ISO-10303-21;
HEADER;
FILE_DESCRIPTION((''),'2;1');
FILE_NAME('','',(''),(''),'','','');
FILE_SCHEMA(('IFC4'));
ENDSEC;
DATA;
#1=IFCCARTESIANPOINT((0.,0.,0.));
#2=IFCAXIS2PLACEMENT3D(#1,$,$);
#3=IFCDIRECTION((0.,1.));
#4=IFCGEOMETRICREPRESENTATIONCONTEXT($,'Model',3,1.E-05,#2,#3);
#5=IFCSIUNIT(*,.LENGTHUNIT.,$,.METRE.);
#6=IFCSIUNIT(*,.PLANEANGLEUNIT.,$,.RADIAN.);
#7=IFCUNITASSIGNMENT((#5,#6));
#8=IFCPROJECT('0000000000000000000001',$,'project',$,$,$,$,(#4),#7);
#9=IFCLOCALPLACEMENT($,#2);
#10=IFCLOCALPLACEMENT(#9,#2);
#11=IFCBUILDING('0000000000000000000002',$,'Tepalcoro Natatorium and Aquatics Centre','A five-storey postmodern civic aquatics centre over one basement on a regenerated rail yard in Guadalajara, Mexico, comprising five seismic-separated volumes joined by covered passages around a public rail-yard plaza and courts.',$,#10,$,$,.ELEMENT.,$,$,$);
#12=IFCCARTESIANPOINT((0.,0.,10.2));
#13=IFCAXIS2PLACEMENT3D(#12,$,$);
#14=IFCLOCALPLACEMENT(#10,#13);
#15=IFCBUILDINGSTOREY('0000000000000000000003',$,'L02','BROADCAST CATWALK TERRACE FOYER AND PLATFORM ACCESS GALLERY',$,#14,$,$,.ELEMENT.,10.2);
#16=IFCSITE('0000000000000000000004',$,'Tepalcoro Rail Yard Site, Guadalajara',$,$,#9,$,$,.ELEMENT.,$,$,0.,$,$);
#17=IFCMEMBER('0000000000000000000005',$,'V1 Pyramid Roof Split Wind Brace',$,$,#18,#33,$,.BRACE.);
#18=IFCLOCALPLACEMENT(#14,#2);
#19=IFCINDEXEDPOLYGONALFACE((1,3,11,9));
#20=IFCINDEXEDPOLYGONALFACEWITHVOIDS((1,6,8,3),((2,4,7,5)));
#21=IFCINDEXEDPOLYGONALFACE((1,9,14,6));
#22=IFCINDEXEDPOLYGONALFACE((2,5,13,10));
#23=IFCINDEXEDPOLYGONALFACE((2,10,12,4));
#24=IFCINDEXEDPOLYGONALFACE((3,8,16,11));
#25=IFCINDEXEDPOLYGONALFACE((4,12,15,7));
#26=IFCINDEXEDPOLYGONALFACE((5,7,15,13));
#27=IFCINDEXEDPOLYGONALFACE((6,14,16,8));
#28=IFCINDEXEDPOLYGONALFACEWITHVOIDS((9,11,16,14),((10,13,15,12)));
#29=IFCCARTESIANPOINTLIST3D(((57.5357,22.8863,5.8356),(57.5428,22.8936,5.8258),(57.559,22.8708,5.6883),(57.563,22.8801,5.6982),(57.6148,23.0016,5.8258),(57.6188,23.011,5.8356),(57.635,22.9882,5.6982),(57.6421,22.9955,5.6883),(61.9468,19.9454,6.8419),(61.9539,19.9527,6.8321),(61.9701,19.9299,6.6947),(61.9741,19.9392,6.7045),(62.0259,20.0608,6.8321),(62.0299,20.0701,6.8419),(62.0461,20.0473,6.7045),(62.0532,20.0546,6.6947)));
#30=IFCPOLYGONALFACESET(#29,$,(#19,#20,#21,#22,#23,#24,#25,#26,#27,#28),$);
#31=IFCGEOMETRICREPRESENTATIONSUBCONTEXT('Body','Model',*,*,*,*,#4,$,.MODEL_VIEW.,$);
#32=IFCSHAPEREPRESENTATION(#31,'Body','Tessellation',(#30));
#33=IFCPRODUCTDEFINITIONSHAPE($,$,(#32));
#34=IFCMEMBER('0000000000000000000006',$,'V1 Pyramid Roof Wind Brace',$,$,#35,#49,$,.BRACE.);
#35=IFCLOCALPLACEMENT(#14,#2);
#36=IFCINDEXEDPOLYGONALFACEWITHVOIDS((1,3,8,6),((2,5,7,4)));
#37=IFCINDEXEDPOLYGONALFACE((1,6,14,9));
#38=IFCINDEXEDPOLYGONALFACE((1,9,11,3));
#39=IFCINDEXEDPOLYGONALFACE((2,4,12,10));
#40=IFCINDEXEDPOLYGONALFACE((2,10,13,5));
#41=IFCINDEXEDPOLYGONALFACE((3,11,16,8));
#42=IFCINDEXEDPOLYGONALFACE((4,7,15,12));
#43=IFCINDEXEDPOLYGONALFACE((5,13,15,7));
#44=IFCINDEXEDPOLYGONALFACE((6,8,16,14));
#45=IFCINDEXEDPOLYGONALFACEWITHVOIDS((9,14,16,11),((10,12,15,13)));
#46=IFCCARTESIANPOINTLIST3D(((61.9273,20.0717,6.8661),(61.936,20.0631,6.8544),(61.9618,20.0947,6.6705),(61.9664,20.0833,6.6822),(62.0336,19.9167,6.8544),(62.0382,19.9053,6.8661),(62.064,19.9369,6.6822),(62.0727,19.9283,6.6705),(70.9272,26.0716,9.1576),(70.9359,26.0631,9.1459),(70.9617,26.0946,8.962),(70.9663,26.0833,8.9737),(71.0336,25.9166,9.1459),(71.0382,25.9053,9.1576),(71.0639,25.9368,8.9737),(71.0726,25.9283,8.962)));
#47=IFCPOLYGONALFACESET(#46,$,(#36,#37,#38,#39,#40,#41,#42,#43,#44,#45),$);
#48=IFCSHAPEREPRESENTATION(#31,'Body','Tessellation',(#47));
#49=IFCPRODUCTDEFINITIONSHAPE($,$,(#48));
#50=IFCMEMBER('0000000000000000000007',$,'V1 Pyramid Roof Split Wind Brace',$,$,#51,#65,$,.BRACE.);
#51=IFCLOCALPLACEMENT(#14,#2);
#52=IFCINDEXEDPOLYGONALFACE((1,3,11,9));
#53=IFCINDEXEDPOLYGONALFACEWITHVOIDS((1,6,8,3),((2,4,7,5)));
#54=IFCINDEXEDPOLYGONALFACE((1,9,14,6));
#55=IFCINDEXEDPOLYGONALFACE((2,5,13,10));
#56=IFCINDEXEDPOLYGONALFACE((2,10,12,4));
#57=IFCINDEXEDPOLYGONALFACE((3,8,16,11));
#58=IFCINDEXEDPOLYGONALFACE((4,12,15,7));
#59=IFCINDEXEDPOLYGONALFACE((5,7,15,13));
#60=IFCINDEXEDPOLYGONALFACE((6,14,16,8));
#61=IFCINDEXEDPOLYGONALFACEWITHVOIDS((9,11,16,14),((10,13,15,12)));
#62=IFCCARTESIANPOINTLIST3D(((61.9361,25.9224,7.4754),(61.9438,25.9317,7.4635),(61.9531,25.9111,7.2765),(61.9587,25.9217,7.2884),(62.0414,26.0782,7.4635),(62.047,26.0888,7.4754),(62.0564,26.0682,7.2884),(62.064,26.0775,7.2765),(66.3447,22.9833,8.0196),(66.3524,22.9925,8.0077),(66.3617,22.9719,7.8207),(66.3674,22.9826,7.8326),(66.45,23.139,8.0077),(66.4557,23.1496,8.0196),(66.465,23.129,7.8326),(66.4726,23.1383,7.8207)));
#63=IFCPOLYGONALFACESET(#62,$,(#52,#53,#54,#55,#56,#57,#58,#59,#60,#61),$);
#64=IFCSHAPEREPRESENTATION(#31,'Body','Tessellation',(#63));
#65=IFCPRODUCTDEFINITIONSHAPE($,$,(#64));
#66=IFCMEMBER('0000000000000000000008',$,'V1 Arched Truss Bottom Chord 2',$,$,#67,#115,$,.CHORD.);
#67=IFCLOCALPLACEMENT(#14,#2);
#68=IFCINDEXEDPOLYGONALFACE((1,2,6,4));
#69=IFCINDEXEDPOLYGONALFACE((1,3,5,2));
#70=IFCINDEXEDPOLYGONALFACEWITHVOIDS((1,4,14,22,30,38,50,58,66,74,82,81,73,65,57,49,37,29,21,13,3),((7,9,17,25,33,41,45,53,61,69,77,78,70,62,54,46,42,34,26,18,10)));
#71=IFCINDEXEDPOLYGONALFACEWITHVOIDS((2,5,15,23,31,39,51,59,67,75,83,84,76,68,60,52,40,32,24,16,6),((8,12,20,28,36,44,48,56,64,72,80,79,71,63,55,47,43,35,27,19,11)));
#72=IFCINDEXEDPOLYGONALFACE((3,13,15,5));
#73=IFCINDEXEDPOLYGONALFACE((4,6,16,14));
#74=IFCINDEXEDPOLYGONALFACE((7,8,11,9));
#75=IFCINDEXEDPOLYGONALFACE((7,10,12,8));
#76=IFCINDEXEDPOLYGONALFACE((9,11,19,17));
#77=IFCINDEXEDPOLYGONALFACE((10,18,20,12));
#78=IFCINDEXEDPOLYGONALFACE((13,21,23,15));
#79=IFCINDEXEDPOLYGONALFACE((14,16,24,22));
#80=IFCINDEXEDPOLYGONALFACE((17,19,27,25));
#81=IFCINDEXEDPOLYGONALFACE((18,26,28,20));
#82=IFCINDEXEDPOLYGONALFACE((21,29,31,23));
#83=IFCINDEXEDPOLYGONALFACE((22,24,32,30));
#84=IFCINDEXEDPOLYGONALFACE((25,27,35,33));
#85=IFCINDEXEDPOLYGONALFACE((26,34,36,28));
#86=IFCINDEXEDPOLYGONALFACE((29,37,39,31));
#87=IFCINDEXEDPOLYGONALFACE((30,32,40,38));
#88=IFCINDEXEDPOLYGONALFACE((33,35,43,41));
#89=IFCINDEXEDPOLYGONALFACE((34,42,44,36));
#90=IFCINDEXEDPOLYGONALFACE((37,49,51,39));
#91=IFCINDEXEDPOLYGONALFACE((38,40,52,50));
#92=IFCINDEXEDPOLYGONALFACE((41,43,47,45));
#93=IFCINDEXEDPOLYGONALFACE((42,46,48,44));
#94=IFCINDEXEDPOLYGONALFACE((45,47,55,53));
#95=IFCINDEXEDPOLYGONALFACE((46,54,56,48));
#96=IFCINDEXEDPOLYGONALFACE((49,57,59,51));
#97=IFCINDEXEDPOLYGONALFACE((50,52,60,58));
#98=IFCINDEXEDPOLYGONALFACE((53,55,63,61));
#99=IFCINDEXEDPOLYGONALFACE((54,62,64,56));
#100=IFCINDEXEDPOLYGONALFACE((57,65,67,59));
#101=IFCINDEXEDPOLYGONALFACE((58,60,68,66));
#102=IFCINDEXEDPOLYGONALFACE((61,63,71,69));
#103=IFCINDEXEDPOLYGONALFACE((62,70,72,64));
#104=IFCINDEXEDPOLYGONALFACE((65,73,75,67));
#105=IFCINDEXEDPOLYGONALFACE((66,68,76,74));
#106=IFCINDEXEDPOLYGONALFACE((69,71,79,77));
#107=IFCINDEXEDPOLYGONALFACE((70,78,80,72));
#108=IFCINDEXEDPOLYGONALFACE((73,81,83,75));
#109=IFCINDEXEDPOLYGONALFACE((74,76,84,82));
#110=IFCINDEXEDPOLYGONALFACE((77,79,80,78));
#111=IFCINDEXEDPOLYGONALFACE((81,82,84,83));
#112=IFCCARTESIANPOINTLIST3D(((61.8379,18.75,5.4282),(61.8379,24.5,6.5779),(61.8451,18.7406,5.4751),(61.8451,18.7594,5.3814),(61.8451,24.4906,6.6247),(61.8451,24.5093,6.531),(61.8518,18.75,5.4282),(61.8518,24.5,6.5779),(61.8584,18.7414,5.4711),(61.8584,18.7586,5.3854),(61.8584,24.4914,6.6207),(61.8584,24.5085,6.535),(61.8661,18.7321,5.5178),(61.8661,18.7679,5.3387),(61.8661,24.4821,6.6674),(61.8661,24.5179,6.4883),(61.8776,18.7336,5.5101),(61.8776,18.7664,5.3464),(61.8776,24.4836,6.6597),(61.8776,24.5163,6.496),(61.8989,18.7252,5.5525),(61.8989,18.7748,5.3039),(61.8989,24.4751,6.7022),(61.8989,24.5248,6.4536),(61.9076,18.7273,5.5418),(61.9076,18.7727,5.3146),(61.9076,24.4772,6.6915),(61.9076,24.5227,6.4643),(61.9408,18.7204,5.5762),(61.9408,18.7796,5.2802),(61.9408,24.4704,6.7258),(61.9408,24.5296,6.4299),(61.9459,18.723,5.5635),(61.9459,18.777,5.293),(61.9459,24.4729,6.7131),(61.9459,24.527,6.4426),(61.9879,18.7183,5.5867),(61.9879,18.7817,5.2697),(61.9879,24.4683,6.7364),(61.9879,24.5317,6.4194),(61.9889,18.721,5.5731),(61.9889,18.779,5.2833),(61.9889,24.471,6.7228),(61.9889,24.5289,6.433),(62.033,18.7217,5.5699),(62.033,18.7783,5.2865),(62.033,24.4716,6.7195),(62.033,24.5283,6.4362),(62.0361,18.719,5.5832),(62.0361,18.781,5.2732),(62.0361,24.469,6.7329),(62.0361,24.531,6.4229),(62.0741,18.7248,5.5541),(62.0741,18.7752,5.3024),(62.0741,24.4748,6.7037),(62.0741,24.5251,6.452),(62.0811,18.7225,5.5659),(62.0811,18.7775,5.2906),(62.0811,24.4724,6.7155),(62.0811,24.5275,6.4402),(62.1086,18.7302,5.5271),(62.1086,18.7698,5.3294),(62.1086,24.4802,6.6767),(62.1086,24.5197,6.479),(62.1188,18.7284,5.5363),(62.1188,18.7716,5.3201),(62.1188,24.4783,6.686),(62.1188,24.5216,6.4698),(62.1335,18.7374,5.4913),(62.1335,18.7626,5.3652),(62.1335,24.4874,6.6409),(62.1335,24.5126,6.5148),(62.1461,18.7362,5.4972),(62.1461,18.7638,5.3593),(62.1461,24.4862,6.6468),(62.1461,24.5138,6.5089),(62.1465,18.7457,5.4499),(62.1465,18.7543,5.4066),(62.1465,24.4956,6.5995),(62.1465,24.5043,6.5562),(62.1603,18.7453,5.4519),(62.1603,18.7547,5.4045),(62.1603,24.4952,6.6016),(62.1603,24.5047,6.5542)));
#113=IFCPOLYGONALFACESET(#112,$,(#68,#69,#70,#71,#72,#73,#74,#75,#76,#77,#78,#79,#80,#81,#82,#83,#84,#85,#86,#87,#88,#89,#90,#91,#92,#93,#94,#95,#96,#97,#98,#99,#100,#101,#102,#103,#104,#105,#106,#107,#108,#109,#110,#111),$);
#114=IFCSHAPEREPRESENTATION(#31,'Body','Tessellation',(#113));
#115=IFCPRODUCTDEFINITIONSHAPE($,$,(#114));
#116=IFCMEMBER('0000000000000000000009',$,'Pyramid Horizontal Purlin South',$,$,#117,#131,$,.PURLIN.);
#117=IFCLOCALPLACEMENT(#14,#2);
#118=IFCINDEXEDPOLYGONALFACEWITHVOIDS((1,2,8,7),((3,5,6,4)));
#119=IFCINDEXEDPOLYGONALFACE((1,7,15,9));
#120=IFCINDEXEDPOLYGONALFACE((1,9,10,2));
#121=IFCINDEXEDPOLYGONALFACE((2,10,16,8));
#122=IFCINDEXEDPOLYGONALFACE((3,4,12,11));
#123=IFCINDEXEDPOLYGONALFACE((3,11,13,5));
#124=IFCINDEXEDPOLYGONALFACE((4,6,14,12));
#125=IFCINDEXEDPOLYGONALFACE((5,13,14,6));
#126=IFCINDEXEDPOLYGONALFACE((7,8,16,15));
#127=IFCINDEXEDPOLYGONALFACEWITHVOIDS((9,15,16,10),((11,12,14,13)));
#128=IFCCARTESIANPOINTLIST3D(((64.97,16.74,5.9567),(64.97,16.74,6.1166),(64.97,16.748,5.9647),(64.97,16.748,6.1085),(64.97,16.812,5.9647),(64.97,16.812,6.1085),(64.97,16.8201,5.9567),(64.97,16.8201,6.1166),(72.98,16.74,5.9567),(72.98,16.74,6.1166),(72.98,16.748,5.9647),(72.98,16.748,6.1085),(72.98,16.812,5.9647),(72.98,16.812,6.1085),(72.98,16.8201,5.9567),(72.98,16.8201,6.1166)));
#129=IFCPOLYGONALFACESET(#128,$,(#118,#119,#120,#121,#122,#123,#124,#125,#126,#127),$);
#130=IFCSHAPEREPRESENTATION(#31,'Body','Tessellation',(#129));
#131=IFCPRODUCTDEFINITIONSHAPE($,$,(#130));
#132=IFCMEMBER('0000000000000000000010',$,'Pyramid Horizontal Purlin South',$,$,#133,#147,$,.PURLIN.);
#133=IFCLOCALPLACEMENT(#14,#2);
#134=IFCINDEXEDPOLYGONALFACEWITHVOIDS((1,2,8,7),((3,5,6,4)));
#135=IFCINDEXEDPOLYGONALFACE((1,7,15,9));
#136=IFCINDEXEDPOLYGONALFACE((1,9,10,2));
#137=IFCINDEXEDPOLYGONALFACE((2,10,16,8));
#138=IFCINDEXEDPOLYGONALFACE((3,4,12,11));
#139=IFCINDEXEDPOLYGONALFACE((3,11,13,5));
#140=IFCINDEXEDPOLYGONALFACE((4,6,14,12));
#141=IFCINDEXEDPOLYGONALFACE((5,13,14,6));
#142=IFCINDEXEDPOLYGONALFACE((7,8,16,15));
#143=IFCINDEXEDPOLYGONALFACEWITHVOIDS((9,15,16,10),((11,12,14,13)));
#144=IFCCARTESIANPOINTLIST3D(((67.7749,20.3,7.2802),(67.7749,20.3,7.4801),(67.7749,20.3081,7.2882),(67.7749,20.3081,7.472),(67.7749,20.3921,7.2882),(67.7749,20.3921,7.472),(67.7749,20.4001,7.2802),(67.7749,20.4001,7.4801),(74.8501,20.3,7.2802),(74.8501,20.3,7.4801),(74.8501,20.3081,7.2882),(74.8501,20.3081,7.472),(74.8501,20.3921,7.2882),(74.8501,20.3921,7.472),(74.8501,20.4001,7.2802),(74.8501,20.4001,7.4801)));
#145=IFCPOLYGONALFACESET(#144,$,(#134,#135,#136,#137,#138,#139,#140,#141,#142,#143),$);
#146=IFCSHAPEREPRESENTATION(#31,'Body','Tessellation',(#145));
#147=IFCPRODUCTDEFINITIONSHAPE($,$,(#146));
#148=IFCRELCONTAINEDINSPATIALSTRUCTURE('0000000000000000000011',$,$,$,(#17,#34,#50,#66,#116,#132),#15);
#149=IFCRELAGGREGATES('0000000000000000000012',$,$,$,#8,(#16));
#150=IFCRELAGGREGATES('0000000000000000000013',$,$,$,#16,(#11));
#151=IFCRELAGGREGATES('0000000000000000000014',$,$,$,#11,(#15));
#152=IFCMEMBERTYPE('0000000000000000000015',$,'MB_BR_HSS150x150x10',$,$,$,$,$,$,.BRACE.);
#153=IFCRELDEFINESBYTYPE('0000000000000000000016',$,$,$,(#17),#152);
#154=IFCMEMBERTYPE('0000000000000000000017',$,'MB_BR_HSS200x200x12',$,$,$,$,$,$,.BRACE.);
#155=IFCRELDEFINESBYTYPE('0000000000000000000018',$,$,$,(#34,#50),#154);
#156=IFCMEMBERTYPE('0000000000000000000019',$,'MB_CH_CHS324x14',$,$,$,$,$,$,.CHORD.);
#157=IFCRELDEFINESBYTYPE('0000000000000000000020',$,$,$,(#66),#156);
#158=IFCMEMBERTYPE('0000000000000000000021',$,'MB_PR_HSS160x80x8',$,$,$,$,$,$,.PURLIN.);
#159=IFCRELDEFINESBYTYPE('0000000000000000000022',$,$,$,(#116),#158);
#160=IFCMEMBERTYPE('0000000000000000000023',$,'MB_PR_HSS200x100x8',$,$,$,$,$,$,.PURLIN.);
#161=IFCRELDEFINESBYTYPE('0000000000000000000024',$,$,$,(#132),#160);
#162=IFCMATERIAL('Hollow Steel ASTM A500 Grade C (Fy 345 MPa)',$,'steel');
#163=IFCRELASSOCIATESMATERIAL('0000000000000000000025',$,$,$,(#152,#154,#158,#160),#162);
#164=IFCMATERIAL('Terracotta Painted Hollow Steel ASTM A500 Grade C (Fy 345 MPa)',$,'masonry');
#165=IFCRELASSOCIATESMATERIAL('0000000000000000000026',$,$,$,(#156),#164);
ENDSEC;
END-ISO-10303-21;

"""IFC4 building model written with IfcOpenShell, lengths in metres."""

from ifc_helpers import new_model, si_unit, direction, frame, origin, origin_2d, place, context, subcontext, project, spatial, hollow_rectangle, hollow_circle, extrude, material, material_profile, profile_set, type_object, element, save


model = new_model("IFC4")

# Units and contexts
model_context = context("Model", 3, precision=1e-05, world=origin(), true_north=direction((0.0, 1.0)))
body_context = subcontext(model_context, "Body", "Model", "MODEL_VIEW")
ifc_project = project(units=[si_unit("LENGTHUNIT", "METRE"), si_unit("PLANEANGLEUNIT", "RADIAN")], contexts=[model_context])

# Site, building, storey
site_placement = place(None, origin())
site = spatial("IfcSite", under=ifc_project, at=site_placement, Name="Tepalcoro Rail Yard Site, Guadalajara", CompositionType="ELEMENT", RefElevation=0.0)
building_placement = place(site_placement, origin())
building = spatial("IfcBuilding", under=site, at=building_placement, Name="Tepalcoro Natatorium and Aquatics Centre", Description="A five-storey postmodern civic aquatics centre over one basement on a regenerated rail yard in Guadalajara, Mexico, comprising five seismic-separated volumes joined by covered passages around a public rail-yard plaza and courts.", CompositionType="ELEMENT")
storey_placement = place(building_placement, frame((0.0, 0.0, 10.2)))
storey = spatial("IfcBuildingStorey", under=building, at=storey_placement, Name="L02", Description="BROADCAST CATWALK TERRACE FOYER AND PLATFORM ACCESS GALLERY", CompositionType="ELEMENT", Elevation=10.2)

# Members
ifc_material_1 = material(Name="Hollow Steel ASTM A500 Grade C (Fy 345 MPa)", Category="steel")
ifc_material_profile_1 = material_profile(ifc_material_1, hollow_rectangle(XDim=0.1499, YDim=0.1499, WallThickness=0.01, at=origin_2d()), Name="HSS150X150X10")
ifc_profile_set_1 = profile_set([ifc_material_profile_1], Name="Hollow Steel ASTM A500 Grade C (Fy 345 MPa)")
member_type_1 = type_object("IfcMemberType", Name="MB_BR_HSS150x150x10", PredefinedType="BRACE", material=ifc_profile_set_1)
member_1_placement = place(storey_placement, frame((62.0, 20.0, 6.7683), z_axis=(-0.81744, 0.54499, -0.186489), x_axis=(-0.554721, -0.832036, 0.0)))
element("IfcMember", 1, at=member_1_placement, inside=storey, type_object=member_type_1, Name="V1 Pyramid Roof Split Wind Brace", PredefinedType="BRACE", context=body_context, shape_type="SweptSolid", body=[
    extrude(hollow_rectangle(XDim=0.1499, YDim=0.1499, WallThickness=0.01, at=origin_2d()), origin(), (0.0, 0.0, 1.0), 5.3962),
])
ifc_material_profile_2 = material_profile(ifc_material_1, hollow_rectangle(XDim=0.2, YDim=0.2, WallThickness=0.012, at=origin_2d()), Name="HSS200X200X12")
ifc_profile_set_2 = profile_set([ifc_material_profile_2], Name="Hollow Steel ASTM A500 Grade C (Fy 345 MPa)")
member_type_2 = type_object("IfcMemberType", Name="MB_BR_HSS200x200x12", PredefinedType="BRACE", material=ifc_profile_set_2)
member_2_placement = place(storey_placement, frame((62.0, 20.0, 6.7683), z_axis=(0.813985, 0.542657, 0.20725), x_axis=(-0.5547, 0.83205, 0.0)))
element("IfcMember", 2, at=member_2_placement, inside=storey, type_object=member_type_2, Name="V1 Pyramid Roof Wind Brace", PredefinedType="BRACE", context=body_context, shape_type="SweptSolid", body=[
    extrude(hollow_rectangle(XDim=0.2, YDim=0.2, WallThickness=0.012, at=origin_2d()), origin(), (0.0, 0.0, 1.0), 11.0566),
])
member_3_placement = place(storey_placement, frame((66.4087, 23.0608, 7.9202), z_axis=(-0.827689, 0.551808, -0.102166), x_axis=(-0.554711, -0.832043, 0.0)))
element("IfcMember", 3, at=member_3_placement, inside=storey, type_object=member_type_2, Name="V1 Pyramid Roof Split Wind Brace", PredefinedType="BRACE", context=body_context, shape_type="SweptSolid", body=[
    extrude(hollow_rectangle(XDim=0.2, YDim=0.2, WallThickness=0.012, at=origin_2d()), origin(), (0.0, 0.0, 1.0), 5.3264),
])
ifc_material_2 = material(Name="Terracotta Painted Hollow Steel ASTM A500 Grade C (Fy 345 MPa)", Category="masonry")
ifc_material_profile_3 = material_profile(ifc_material_2, hollow_circle(Radius=0.1621, WallThickness=0.0139, at=origin_2d()), Name="CHS324X14")
ifc_profile_set_3 = profile_set([ifc_material_profile_3], Name="Terracotta Painted Hollow Steel ASTM A500 Grade C (Fy 345 MPa)")
member_type_3 = type_object("IfcMemberType", Name="MB_CH_CHS324x14", PredefinedType="CHORD", material=ifc_profile_set_3)
member_4_placement = place(storey_placement, frame((62.0, 18.75, 5.4282), z_axis=(0.0, 0.980592, 0.19606), x_axis=(-1.0, 0.0, 0.0)))
element("IfcMember", 4, at=member_4_placement, inside=storey, type_object=member_type_3, Name="V1 Arched Truss Bottom Chord 2", PredefinedType="CHORD", context=body_context, shape_type="SweptSolid", body=[
    extrude(hollow_circle(Radius=0.1621, WallThickness=0.0139, at=origin_2d()), origin(), (0.0, 0.0, 1.0), 5.8638),
])
ifc_material_profile_4 = material_profile(ifc_material_1, hollow_rectangle(XDim=0.0801, YDim=0.1599, WallThickness=0.0081, at=origin_2d()), Name="HSS160X80X8")
ifc_profile_set_4 = profile_set([ifc_material_profile_4], Name="Hollow Steel ASTM A500 Grade C (Fy 345 MPa)")
member_type_4 = type_object("IfcMemberType", Name="MB_PR_HSS160x80x8", PredefinedType="PURLIN", material=ifc_profile_set_4)
member_5_placement = place(storey_placement, frame((64.97, 16.78, 6.0366), z_axis=(1.0, 0.0, 0.0), x_axis=(0.0, 1.0, 0.0)))
element("IfcMember", 5, at=member_5_placement, inside=storey, type_object=member_type_4, Name="Pyramid Horizontal Purlin South", PredefinedType="PURLIN", context=body_context, shape_type="SweptSolid", body=[
    extrude(hollow_rectangle(XDim=0.0801, YDim=0.1599, WallThickness=0.0081, at=origin_2d()), origin(), (0.0, 0.0, 1.0), 8.01),
])
ifc_material_profile_5 = material_profile(ifc_material_1, hollow_rectangle(XDim=0.1001, YDim=0.2, WallThickness=0.0081, at=origin_2d()), Name="HSS200X100X8")
ifc_profile_set_5 = profile_set([ifc_material_profile_5], Name="Hollow Steel ASTM A500 Grade C (Fy 345 MPa)")
member_type_5 = type_object("IfcMemberType", Name="MB_PR_HSS200x100x8", PredefinedType="PURLIN", material=ifc_profile_set_5)
member_6_placement = place(storey_placement, frame((67.7749, 20.3501, 7.3801), z_axis=(1.0, 0.0, 0.0), x_axis=(0.0, 1.0, 0.0)))
element("IfcMember", 6, at=member_6_placement, inside=storey, type_object=member_type_5, Name="Pyramid Horizontal Purlin South", PredefinedType="PURLIN", context=body_context, shape_type="SweptSolid", body=[
    extrude(hollow_rectangle(XDim=0.1001, YDim=0.2, WallThickness=0.0081, at=origin_2d()), origin(), (0.0, 0.0, 1.0), 7.0752),
])

save(model, "model.ifc")
